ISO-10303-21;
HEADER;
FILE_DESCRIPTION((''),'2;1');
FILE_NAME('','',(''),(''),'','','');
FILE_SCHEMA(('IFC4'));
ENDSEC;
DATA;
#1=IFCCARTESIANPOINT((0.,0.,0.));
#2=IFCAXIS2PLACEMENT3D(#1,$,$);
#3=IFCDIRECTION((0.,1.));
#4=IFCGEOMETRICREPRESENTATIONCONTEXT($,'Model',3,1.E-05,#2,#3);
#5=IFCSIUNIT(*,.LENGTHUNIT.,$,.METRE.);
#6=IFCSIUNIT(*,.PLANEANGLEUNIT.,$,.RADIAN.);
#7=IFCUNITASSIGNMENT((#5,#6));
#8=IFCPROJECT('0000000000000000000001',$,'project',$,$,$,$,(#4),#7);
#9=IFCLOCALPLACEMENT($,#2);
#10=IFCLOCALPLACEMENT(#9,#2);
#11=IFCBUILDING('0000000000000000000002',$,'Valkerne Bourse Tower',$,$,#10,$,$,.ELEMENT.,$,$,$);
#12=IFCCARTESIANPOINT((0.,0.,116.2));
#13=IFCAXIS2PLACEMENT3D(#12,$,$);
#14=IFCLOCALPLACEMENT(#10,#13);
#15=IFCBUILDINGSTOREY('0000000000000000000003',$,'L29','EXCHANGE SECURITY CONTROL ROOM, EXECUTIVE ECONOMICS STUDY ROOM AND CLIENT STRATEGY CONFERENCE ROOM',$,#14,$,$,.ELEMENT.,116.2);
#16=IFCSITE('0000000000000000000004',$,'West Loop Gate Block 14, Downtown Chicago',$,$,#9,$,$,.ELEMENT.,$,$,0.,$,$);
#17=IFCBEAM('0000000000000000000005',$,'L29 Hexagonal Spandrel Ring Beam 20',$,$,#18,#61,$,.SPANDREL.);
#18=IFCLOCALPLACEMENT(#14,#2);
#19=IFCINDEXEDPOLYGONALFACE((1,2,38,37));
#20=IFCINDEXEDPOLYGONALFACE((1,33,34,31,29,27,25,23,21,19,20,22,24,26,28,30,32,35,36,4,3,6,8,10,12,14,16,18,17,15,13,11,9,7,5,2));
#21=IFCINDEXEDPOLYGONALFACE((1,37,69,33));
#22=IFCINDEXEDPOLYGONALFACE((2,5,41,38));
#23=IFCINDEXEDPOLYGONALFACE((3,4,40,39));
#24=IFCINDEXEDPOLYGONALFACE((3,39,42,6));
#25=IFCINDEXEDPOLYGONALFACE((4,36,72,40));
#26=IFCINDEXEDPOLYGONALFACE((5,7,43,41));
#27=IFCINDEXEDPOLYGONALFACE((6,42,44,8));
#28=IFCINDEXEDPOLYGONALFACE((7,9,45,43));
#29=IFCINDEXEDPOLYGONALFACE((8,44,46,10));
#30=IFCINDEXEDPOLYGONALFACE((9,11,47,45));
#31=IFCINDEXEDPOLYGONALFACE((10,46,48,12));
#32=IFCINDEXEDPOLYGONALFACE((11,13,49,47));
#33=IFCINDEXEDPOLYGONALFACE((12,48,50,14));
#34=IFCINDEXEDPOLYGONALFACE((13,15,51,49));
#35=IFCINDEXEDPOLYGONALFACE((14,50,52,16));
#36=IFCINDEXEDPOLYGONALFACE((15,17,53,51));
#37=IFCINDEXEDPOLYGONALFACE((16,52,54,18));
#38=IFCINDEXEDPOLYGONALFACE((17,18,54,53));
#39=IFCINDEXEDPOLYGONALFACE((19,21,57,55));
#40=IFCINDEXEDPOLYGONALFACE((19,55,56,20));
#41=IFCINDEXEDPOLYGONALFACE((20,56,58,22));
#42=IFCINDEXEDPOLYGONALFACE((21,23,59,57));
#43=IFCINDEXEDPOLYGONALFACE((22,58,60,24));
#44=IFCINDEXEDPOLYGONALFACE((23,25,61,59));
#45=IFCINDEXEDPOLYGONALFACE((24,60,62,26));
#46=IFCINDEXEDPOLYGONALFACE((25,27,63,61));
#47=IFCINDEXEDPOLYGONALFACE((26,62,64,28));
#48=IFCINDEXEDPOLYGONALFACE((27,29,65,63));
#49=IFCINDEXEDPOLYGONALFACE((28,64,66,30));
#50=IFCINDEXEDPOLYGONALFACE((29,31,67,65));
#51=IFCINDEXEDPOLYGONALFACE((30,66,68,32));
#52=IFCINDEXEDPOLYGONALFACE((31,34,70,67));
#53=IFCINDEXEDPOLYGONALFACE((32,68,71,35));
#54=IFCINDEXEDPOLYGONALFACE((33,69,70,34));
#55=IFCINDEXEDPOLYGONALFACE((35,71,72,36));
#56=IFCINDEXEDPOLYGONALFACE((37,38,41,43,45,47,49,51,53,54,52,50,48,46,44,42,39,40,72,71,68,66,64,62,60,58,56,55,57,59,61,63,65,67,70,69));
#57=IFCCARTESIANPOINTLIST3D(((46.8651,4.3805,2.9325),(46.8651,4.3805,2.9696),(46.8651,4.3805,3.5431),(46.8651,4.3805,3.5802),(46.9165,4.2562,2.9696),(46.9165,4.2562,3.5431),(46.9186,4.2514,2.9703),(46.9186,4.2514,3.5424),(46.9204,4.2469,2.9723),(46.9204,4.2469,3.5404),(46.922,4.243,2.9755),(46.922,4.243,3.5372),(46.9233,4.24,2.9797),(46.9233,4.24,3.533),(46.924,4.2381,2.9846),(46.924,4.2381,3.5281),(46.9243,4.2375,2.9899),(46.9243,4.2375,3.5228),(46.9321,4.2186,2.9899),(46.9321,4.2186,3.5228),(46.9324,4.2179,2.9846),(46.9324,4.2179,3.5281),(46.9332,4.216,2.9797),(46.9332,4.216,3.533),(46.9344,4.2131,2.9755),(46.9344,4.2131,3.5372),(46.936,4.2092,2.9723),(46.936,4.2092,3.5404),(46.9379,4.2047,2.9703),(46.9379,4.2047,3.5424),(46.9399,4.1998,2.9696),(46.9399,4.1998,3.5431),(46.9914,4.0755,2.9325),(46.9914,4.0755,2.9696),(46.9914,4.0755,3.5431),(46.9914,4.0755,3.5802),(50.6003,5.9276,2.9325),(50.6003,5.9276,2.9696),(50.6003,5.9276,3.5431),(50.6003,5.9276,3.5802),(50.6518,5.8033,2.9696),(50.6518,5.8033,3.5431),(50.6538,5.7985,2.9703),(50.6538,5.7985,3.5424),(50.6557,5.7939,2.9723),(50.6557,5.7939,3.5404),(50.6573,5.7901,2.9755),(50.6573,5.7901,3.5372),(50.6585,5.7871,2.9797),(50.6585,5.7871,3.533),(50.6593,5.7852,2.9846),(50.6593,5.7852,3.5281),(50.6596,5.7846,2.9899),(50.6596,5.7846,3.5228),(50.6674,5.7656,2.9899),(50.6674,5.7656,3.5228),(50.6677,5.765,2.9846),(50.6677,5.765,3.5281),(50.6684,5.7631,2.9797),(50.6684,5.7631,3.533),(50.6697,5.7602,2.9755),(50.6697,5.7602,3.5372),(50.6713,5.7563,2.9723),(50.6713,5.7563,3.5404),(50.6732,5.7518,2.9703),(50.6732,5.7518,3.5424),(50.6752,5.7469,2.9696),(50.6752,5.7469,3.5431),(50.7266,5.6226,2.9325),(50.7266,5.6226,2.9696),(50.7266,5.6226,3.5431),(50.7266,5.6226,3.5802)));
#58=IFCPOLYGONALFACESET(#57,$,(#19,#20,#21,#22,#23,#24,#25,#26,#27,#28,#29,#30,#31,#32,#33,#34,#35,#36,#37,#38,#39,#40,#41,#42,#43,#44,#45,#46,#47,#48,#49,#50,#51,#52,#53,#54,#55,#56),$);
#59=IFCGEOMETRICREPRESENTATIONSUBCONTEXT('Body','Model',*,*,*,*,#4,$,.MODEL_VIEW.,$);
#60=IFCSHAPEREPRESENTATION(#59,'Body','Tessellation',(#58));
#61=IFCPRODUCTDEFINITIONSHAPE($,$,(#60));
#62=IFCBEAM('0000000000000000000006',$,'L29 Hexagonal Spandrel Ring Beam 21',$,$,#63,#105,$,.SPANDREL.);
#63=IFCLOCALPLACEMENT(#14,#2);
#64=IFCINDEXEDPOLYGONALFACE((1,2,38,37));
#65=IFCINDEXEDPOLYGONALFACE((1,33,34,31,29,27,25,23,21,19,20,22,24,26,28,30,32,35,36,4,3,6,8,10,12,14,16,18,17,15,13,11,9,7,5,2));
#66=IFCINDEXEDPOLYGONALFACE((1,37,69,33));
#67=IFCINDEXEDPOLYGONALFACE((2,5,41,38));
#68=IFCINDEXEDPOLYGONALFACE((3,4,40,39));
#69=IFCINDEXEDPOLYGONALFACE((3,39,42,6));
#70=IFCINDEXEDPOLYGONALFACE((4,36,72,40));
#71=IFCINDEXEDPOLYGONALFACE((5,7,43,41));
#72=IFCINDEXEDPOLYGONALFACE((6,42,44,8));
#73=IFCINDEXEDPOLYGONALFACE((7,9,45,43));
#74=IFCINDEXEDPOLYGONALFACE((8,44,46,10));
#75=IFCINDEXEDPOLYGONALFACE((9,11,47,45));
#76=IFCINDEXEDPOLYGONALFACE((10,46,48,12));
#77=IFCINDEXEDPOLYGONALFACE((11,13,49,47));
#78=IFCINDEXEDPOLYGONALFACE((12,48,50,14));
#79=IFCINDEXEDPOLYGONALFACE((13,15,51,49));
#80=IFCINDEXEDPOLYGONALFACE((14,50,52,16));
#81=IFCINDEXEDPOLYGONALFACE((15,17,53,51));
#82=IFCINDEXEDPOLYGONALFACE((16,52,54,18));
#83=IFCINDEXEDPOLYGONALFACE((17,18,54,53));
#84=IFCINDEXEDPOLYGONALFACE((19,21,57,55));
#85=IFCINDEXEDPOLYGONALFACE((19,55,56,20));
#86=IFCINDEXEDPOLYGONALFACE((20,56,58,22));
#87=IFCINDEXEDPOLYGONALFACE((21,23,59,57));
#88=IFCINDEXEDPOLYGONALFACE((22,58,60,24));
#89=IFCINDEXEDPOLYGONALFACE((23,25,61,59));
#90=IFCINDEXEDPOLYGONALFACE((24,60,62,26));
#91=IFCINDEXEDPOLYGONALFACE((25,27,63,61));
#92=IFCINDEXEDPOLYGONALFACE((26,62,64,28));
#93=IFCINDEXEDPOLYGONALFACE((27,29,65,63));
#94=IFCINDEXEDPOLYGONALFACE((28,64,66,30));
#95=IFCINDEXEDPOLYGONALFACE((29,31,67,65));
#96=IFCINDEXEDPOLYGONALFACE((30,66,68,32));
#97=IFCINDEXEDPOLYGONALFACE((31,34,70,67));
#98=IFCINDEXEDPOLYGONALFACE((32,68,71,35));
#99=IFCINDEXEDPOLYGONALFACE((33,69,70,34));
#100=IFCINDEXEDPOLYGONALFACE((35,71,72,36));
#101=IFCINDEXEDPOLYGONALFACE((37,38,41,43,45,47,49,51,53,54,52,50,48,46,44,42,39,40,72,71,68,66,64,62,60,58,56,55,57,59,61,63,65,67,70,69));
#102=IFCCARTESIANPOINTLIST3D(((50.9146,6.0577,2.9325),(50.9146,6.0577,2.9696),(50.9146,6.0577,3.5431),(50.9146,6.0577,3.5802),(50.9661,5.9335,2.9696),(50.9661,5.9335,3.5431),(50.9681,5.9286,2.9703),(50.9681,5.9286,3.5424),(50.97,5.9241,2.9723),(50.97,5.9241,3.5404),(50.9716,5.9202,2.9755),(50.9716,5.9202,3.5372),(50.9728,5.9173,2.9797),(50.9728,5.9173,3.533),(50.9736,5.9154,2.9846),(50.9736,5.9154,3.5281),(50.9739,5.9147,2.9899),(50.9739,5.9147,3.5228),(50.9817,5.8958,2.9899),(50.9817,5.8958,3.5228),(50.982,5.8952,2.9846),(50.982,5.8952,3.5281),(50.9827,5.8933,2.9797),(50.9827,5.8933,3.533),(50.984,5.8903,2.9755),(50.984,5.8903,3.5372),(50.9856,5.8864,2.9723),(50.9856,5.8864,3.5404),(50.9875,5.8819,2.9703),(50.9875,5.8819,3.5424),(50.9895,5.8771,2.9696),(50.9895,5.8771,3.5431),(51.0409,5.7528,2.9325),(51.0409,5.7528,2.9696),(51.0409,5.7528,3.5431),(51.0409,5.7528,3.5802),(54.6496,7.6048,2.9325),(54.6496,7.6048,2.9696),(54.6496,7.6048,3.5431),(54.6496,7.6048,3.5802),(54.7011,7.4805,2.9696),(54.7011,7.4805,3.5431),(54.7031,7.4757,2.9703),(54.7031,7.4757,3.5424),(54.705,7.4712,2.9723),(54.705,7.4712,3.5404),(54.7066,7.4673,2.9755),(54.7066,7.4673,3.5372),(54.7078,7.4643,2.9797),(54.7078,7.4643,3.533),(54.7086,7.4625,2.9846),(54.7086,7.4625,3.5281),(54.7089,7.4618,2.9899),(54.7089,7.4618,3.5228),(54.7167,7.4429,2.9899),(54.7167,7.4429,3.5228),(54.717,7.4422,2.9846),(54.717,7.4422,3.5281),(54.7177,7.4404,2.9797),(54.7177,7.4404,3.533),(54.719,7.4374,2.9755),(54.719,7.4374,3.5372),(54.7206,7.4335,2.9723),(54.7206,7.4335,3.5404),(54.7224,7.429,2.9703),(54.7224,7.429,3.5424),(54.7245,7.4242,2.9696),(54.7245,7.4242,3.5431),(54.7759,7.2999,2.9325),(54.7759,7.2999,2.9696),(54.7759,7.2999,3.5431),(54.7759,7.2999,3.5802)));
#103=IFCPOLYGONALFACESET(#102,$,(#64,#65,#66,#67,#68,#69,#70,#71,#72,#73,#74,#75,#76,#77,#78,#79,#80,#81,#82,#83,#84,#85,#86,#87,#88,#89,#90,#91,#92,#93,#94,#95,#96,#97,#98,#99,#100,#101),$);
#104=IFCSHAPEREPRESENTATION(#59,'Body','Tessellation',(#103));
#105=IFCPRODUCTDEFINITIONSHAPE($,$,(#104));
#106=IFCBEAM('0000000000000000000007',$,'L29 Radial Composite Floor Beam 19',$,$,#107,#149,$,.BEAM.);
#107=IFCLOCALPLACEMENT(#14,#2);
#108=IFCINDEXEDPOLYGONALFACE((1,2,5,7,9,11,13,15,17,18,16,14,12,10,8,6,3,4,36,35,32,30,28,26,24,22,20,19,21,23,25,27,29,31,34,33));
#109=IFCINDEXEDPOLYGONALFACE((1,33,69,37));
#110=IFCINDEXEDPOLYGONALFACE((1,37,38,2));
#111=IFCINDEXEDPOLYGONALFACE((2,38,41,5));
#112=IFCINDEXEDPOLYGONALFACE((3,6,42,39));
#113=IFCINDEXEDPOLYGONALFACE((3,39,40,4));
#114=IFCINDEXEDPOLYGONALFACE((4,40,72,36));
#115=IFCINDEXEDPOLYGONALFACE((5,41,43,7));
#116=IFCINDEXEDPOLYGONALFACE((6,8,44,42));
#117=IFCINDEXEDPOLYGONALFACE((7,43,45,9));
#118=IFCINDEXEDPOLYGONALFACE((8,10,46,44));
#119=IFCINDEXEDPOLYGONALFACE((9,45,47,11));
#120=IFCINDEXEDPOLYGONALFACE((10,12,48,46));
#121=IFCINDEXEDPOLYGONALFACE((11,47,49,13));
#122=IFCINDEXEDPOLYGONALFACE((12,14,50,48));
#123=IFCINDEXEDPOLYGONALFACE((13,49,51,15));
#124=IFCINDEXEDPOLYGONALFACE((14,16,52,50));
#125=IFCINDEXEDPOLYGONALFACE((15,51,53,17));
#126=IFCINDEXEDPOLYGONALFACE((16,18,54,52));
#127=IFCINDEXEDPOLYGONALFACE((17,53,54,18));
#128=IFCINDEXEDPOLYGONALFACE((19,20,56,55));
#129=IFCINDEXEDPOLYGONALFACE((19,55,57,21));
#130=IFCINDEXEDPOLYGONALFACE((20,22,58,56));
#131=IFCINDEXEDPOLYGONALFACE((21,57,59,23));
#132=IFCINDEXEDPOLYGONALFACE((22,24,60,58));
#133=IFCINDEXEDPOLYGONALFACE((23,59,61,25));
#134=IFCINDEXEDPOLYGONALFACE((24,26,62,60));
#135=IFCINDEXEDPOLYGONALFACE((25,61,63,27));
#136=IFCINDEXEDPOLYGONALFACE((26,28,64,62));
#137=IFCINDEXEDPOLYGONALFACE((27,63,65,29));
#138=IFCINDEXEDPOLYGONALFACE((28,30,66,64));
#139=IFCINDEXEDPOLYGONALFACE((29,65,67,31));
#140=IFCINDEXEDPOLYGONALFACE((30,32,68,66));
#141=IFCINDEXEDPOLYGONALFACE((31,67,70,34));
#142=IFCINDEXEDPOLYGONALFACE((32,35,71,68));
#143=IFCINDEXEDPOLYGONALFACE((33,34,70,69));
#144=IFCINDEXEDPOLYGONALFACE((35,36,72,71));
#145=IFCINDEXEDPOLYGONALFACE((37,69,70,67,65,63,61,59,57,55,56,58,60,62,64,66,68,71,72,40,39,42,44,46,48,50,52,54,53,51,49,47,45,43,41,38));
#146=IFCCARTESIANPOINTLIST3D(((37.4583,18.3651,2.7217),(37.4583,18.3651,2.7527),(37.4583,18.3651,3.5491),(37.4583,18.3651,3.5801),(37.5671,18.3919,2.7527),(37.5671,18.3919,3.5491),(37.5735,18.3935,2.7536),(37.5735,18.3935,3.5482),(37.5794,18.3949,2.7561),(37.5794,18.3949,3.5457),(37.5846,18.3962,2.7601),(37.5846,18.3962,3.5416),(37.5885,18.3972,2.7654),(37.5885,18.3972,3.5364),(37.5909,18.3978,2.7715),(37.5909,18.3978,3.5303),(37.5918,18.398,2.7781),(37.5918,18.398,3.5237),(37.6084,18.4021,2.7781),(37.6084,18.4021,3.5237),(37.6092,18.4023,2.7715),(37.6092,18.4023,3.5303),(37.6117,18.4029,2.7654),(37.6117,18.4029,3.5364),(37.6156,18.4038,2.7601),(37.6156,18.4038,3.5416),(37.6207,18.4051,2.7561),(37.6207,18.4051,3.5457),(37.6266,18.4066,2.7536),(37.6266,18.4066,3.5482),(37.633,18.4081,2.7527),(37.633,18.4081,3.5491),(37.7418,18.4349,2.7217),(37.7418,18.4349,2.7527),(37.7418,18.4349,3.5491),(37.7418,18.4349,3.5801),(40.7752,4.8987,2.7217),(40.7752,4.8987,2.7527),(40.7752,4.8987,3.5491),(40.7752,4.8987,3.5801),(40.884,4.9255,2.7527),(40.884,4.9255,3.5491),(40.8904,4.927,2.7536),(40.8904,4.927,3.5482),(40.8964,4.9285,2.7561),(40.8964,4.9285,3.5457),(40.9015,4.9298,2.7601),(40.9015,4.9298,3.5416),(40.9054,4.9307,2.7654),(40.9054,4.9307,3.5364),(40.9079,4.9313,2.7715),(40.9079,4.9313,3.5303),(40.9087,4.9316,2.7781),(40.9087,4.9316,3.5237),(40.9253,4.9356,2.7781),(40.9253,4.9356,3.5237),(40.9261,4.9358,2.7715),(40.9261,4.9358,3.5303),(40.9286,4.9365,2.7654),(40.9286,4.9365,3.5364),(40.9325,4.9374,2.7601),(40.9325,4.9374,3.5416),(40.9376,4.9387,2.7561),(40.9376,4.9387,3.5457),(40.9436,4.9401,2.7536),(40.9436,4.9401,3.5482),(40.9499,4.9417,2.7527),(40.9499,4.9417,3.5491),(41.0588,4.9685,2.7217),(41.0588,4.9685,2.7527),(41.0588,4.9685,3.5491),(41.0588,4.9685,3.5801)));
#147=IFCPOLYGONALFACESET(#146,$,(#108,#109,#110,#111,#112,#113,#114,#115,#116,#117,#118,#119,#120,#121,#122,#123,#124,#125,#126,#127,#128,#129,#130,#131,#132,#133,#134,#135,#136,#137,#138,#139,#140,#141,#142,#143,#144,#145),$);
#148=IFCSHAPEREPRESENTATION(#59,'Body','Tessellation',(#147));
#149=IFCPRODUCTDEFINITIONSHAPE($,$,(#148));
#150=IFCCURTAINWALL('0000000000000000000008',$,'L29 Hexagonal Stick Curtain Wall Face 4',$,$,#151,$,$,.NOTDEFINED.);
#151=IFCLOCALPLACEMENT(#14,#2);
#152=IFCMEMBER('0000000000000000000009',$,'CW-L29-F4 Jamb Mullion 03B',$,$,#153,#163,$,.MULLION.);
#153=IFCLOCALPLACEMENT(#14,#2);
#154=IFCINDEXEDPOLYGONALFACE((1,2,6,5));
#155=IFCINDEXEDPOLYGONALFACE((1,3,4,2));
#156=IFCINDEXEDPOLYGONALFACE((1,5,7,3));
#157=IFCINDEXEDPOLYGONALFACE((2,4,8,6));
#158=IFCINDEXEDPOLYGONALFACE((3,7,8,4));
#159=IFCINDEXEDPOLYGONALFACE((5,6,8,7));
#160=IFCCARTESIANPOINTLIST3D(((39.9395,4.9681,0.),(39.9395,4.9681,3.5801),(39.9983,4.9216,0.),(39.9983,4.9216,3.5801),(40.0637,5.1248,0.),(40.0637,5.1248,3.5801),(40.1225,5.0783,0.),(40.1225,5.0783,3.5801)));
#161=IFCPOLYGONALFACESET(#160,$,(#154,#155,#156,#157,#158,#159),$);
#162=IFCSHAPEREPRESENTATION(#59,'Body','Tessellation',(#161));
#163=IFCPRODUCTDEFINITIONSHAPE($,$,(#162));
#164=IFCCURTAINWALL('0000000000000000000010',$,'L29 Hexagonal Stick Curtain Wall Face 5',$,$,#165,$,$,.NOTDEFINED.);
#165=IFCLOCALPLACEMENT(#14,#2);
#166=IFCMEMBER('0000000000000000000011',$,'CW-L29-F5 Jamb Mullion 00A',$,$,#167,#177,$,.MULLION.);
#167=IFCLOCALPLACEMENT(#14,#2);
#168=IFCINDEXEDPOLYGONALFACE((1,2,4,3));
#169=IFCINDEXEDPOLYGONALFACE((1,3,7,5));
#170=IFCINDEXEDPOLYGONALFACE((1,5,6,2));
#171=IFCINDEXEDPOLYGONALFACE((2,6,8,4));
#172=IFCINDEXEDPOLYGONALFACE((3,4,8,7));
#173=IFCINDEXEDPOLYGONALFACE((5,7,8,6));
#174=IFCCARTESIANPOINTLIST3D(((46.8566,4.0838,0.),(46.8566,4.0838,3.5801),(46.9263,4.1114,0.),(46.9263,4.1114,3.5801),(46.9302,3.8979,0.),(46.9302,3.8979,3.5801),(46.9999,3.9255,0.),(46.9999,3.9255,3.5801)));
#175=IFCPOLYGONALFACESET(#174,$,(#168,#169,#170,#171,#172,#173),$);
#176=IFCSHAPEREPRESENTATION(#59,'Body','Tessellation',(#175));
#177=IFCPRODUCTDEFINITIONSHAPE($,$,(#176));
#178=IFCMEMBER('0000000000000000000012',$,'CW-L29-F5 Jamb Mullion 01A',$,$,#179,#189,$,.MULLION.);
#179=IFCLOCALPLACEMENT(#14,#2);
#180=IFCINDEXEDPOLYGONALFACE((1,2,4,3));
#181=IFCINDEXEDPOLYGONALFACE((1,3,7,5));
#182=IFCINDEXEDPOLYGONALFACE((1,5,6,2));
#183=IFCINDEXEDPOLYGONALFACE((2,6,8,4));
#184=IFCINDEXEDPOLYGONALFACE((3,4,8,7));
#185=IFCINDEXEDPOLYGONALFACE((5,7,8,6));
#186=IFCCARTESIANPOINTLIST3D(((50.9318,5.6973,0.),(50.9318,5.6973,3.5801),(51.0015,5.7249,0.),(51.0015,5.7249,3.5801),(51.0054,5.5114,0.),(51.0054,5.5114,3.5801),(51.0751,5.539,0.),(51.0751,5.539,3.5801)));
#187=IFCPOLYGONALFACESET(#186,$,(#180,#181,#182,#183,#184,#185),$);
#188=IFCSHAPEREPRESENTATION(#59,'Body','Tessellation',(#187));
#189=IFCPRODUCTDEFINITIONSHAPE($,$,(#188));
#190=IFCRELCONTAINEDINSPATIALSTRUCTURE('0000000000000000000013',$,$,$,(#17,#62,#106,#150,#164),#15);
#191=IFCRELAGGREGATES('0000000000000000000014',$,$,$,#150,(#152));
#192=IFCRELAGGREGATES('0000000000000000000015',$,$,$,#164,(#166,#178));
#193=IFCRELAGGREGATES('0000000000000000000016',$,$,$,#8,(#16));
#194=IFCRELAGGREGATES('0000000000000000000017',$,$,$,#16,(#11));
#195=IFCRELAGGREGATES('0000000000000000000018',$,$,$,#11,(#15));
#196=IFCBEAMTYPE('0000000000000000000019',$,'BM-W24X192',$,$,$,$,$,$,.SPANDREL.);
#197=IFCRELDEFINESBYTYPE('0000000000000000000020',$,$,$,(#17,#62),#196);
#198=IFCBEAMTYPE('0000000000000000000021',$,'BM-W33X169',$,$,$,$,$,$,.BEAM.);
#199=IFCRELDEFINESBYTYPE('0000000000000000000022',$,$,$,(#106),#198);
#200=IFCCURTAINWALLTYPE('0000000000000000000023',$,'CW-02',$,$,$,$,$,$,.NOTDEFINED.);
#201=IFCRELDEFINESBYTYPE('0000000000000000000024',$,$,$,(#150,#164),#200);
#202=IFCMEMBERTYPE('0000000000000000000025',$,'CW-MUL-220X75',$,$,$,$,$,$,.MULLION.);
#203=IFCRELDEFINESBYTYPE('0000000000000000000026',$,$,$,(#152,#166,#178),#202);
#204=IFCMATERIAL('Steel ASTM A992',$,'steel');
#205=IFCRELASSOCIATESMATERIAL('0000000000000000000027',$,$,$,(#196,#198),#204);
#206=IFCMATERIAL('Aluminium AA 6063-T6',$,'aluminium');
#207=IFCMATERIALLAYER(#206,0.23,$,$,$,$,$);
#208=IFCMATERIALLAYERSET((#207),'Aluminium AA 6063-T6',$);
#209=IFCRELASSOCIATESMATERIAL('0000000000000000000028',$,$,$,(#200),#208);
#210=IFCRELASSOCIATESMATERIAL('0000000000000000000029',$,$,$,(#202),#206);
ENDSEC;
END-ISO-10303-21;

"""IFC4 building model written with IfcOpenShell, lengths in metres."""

from ifc_helpers import new_model, si_unit, direction, frame, origin, origin_2d, place, context, subcontext, project, spatial, rectangle, i_section, extrude, material, layer, layer_set, material_profile, profile_set, type_object, element, aggregate, save


model = new_model("IFC4")

# Units and contexts
model_context = context("Model", 3, precision=1e-05, world=origin(), true_north=direction((0.0, 1.0)))
body_context = subcontext(model_context, "Body", "Model", "MODEL_VIEW")
ifc_project = project(units=[si_unit("LENGTHUNIT", "METRE"), si_unit("PLANEANGLEUNIT", "RADIAN")], contexts=[model_context])

# Site, building, storey
site_placement = place(None, origin())
site = spatial("IfcSite", under=ifc_project, at=site_placement, Name="West Loop Gate Block 14, Downtown Chicago", CompositionType="ELEMENT", RefElevation=0.0)
building_placement = place(site_placement, origin())
building = spatial("IfcBuilding", under=site, at=building_placement, Name="Valkerne Bourse Tower", CompositionType="ELEMENT")
storey_placement = place(building_placement, frame((0.0, 0.0, 116.2)))
storey = spatial("IfcBuildingStorey", under=building, at=storey_placement, Name="L29", Description="EXCHANGE SECURITY CONTROL ROOM, EXECUTIVE ECONOMICS STUDY ROOM AND CLIENT STRATEGY CONFERENCE ROOM", CompositionType="ELEMENT", Elevation=116.2)

# Beams
ifc_material_1 = material(Name="Steel ASTM A992", Category="steel")
ifc_material_profile_1 = material_profile(ifc_material_1, i_section(OverallWidth=0.3301, OverallDepth=0.6477, WebThickness=0.0205, FlangeThickness=0.0371, FilletRadius=0.0203, at=origin_2d()), Name="W24X192")
ifc_profile_set_1 = profile_set([ifc_material_profile_1], Name="Steel ASTM A992")
beam_type_1 = type_object("IfcBeamType", Name="BM-W24X192", PredefinedType="SPANDREL", material=ifc_profile_set_1)
beam_1_placement = place(storey_placement, frame((46.9282, 4.228, 3.2563), z_axis=(0.92389, 0.382659, 0.0), x_axis=(-0.382659, 0.92389, 0.0)))
element("IfcBeam", 1, at=beam_1_placement, inside=storey, type_object=beam_type_1, Name="L29 Hexagonal Spandrel Ring Beam 20", PredefinedType="SPANDREL", context=body_context, shape_type="SweptSolid", body=[
    extrude(i_section(OverallWidth=0.3301, OverallDepth=0.6477, WebThickness=0.0205, FlangeThickness=0.0371, FilletRadius=0.0203, at=origin_2d()), origin(), (0.0, 0.0, 1.0), 4.043),
])
beam_2_placement = place(storey_placement, frame((50.9778, 5.9053, 3.2563), z_axis=(0.923881, 0.382681, 0.0), x_axis=(-0.382681, 0.923881, 0.0)))
element("IfcBeam", 2, at=beam_2_placement, inside=storey, type_object=beam_type_1, Name="L29 Hexagonal Spandrel Ring Beam 21", PredefinedType="SPANDREL", context=body_context, shape_type="SweptSolid", body=[
    extrude(i_section(OverallWidth=0.3301, OverallDepth=0.6477, WebThickness=0.0205, FlangeThickness=0.0371, FilletRadius=0.0203, at=origin_2d()), origin(), (0.0, 0.0, 1.0), 4.0427),
])
ifc_material_profile_2 = material_profile(ifc_material_1, i_section(OverallWidth=0.292, OverallDepth=0.8584, WebThickness=0.0171, FlangeThickness=0.031, FilletRadius=0.0254, at=origin_2d()), Name="W33X169")
ifc_profile_set_2 = profile_set([ifc_material_profile_2], Name="Steel ASTM A992")
beam_type_2 = type_object("IfcBeamType", Name="BM-W33X169", PredefinedType="BEAM", material=ifc_profile_set_2)
beam_3_placement = place(storey_placement, frame((40.917, 4.9336, 3.1509), z_axis=(-0.239163, 0.97098, 0.0), x_axis=(-0.97098, -0.239163, 0.0)))
element("IfcBeam", 3, at=beam_3_placement, inside=storey, type_object=beam_type_2, Name="L29 Radial Composite Floor Beam 19", PredefinedType="BEAM", context=body_context, shape_type="SweptSolid", body=[
    extrude(i_section(OverallWidth=0.292, OverallDepth=0.8584, WebThickness=0.0171, FlangeThickness=0.031, FilletRadius=0.0254, at=origin_2d()), origin(), (0.0, 0.0, 1.0), 13.8689),
])

# Curtain wall, member
ifc_material_2 = material(Name="Aluminium AA 6063-T6", Category="aluminium")
ifc_layer_1 = layer(ifc_material_2, 0.23)
ifc_layer_set_1 = layer_set([ifc_layer_1], Name="Aluminium AA 6063-T6")
curtain_wall_type = type_object("IfcCurtainWallType", Name="CW-02", PredefinedType="NOTDEFINED", material=ifc_layer_set_1)
curtain_wall_1_placement = place(storey_placement, origin())
curtain_wall_1 = element("IfcCurtainWall", 4, at=curtain_wall_1_placement, inside=storey, type_object=curtain_wall_type, Name="L29 Hexagonal Stick Curtain Wall Face 4", PredefinedType="NOTDEFINED")
ifc_material_profile_3 = material_profile(ifc_material_2, rectangle(XDim=0.075, YDim=0.2, at=origin_2d()), Name="CWM-75X200")
ifc_profile_set_3 = profile_set([ifc_material_profile_3], Name="Aluminium AA 6063-T6")
member_type_1 = type_object("IfcMemberType", Name="CW-MUL-220X75", PredefinedType="MULLION", material=ifc_profile_set_3)
member_1_placement = place(storey_placement, frame((40.031, 5.0232, 0.0), z_axis=(0.0, 0.0, 1.0), x_axis=(0.783699, -0.621141, 0.0)))
member_1 = element("IfcMember", 5, at=member_1_placement, type_object=member_type_1, Name="CW-L29-F4 Jamb Mullion 03B", PredefinedType="MULLION", context=body_context, shape_type="SweptSolid", body=[
    extrude(rectangle(XDim=0.075, YDim=0.2, at=origin_2d()), origin(), (0.0, 0.0, 1.0), 3.5801),
])

# Curtain wall, members
curtain_wall_2_placement = place(storey_placement, origin())
curtain_wall_2 = element("IfcCurtainWall", 6, at=curtain_wall_2_placement, inside=storey, type_object=curtain_wall_type, Name="L29 Hexagonal Stick Curtain Wall Face 5", PredefinedType="NOTDEFINED")
member_2_placement = place(storey_placement, frame((46.9282, 4.0046, 0.0), z_axis=(0.0, 0.0, 1.0), x_axis=(0.929783, 0.368108, 0.0)))
member_2 = element("IfcMember", 7, at=member_2_placement, type_object=member_type_1, Name="CW-L29-F5 Jamb Mullion 00A", PredefinedType="MULLION", context=body_context, shape_type="SweptSolid", body=[
    extrude(rectangle(XDim=0.075, YDim=0.2, at=origin_2d()), origin(), (0.0, 0.0, 1.0), 3.5801),
])
member_3_placement = place(storey_placement, frame((51.0034, 5.6182, 0.0), z_axis=(0.0, 0.0, 1.0), x_axis=(0.929775, 0.368127, 0.0)))
member_3 = element("IfcMember", 8, at=member_3_placement, type_object=member_type_1, Name="CW-L29-F5 Jamb Mullion 01A", PredefinedType="MULLION", context=body_context, shape_type="SweptSolid", body=[
    extrude(rectangle(XDim=0.075, YDim=0.2, at=origin_2d()), origin(), (0.0, 0.0, 1.0), 3.5801),
])

aggregate(curtain_wall_1, [member_1])
aggregate(curtain_wall_2, [member_2, member_3])

save(model, "model.ifc")
